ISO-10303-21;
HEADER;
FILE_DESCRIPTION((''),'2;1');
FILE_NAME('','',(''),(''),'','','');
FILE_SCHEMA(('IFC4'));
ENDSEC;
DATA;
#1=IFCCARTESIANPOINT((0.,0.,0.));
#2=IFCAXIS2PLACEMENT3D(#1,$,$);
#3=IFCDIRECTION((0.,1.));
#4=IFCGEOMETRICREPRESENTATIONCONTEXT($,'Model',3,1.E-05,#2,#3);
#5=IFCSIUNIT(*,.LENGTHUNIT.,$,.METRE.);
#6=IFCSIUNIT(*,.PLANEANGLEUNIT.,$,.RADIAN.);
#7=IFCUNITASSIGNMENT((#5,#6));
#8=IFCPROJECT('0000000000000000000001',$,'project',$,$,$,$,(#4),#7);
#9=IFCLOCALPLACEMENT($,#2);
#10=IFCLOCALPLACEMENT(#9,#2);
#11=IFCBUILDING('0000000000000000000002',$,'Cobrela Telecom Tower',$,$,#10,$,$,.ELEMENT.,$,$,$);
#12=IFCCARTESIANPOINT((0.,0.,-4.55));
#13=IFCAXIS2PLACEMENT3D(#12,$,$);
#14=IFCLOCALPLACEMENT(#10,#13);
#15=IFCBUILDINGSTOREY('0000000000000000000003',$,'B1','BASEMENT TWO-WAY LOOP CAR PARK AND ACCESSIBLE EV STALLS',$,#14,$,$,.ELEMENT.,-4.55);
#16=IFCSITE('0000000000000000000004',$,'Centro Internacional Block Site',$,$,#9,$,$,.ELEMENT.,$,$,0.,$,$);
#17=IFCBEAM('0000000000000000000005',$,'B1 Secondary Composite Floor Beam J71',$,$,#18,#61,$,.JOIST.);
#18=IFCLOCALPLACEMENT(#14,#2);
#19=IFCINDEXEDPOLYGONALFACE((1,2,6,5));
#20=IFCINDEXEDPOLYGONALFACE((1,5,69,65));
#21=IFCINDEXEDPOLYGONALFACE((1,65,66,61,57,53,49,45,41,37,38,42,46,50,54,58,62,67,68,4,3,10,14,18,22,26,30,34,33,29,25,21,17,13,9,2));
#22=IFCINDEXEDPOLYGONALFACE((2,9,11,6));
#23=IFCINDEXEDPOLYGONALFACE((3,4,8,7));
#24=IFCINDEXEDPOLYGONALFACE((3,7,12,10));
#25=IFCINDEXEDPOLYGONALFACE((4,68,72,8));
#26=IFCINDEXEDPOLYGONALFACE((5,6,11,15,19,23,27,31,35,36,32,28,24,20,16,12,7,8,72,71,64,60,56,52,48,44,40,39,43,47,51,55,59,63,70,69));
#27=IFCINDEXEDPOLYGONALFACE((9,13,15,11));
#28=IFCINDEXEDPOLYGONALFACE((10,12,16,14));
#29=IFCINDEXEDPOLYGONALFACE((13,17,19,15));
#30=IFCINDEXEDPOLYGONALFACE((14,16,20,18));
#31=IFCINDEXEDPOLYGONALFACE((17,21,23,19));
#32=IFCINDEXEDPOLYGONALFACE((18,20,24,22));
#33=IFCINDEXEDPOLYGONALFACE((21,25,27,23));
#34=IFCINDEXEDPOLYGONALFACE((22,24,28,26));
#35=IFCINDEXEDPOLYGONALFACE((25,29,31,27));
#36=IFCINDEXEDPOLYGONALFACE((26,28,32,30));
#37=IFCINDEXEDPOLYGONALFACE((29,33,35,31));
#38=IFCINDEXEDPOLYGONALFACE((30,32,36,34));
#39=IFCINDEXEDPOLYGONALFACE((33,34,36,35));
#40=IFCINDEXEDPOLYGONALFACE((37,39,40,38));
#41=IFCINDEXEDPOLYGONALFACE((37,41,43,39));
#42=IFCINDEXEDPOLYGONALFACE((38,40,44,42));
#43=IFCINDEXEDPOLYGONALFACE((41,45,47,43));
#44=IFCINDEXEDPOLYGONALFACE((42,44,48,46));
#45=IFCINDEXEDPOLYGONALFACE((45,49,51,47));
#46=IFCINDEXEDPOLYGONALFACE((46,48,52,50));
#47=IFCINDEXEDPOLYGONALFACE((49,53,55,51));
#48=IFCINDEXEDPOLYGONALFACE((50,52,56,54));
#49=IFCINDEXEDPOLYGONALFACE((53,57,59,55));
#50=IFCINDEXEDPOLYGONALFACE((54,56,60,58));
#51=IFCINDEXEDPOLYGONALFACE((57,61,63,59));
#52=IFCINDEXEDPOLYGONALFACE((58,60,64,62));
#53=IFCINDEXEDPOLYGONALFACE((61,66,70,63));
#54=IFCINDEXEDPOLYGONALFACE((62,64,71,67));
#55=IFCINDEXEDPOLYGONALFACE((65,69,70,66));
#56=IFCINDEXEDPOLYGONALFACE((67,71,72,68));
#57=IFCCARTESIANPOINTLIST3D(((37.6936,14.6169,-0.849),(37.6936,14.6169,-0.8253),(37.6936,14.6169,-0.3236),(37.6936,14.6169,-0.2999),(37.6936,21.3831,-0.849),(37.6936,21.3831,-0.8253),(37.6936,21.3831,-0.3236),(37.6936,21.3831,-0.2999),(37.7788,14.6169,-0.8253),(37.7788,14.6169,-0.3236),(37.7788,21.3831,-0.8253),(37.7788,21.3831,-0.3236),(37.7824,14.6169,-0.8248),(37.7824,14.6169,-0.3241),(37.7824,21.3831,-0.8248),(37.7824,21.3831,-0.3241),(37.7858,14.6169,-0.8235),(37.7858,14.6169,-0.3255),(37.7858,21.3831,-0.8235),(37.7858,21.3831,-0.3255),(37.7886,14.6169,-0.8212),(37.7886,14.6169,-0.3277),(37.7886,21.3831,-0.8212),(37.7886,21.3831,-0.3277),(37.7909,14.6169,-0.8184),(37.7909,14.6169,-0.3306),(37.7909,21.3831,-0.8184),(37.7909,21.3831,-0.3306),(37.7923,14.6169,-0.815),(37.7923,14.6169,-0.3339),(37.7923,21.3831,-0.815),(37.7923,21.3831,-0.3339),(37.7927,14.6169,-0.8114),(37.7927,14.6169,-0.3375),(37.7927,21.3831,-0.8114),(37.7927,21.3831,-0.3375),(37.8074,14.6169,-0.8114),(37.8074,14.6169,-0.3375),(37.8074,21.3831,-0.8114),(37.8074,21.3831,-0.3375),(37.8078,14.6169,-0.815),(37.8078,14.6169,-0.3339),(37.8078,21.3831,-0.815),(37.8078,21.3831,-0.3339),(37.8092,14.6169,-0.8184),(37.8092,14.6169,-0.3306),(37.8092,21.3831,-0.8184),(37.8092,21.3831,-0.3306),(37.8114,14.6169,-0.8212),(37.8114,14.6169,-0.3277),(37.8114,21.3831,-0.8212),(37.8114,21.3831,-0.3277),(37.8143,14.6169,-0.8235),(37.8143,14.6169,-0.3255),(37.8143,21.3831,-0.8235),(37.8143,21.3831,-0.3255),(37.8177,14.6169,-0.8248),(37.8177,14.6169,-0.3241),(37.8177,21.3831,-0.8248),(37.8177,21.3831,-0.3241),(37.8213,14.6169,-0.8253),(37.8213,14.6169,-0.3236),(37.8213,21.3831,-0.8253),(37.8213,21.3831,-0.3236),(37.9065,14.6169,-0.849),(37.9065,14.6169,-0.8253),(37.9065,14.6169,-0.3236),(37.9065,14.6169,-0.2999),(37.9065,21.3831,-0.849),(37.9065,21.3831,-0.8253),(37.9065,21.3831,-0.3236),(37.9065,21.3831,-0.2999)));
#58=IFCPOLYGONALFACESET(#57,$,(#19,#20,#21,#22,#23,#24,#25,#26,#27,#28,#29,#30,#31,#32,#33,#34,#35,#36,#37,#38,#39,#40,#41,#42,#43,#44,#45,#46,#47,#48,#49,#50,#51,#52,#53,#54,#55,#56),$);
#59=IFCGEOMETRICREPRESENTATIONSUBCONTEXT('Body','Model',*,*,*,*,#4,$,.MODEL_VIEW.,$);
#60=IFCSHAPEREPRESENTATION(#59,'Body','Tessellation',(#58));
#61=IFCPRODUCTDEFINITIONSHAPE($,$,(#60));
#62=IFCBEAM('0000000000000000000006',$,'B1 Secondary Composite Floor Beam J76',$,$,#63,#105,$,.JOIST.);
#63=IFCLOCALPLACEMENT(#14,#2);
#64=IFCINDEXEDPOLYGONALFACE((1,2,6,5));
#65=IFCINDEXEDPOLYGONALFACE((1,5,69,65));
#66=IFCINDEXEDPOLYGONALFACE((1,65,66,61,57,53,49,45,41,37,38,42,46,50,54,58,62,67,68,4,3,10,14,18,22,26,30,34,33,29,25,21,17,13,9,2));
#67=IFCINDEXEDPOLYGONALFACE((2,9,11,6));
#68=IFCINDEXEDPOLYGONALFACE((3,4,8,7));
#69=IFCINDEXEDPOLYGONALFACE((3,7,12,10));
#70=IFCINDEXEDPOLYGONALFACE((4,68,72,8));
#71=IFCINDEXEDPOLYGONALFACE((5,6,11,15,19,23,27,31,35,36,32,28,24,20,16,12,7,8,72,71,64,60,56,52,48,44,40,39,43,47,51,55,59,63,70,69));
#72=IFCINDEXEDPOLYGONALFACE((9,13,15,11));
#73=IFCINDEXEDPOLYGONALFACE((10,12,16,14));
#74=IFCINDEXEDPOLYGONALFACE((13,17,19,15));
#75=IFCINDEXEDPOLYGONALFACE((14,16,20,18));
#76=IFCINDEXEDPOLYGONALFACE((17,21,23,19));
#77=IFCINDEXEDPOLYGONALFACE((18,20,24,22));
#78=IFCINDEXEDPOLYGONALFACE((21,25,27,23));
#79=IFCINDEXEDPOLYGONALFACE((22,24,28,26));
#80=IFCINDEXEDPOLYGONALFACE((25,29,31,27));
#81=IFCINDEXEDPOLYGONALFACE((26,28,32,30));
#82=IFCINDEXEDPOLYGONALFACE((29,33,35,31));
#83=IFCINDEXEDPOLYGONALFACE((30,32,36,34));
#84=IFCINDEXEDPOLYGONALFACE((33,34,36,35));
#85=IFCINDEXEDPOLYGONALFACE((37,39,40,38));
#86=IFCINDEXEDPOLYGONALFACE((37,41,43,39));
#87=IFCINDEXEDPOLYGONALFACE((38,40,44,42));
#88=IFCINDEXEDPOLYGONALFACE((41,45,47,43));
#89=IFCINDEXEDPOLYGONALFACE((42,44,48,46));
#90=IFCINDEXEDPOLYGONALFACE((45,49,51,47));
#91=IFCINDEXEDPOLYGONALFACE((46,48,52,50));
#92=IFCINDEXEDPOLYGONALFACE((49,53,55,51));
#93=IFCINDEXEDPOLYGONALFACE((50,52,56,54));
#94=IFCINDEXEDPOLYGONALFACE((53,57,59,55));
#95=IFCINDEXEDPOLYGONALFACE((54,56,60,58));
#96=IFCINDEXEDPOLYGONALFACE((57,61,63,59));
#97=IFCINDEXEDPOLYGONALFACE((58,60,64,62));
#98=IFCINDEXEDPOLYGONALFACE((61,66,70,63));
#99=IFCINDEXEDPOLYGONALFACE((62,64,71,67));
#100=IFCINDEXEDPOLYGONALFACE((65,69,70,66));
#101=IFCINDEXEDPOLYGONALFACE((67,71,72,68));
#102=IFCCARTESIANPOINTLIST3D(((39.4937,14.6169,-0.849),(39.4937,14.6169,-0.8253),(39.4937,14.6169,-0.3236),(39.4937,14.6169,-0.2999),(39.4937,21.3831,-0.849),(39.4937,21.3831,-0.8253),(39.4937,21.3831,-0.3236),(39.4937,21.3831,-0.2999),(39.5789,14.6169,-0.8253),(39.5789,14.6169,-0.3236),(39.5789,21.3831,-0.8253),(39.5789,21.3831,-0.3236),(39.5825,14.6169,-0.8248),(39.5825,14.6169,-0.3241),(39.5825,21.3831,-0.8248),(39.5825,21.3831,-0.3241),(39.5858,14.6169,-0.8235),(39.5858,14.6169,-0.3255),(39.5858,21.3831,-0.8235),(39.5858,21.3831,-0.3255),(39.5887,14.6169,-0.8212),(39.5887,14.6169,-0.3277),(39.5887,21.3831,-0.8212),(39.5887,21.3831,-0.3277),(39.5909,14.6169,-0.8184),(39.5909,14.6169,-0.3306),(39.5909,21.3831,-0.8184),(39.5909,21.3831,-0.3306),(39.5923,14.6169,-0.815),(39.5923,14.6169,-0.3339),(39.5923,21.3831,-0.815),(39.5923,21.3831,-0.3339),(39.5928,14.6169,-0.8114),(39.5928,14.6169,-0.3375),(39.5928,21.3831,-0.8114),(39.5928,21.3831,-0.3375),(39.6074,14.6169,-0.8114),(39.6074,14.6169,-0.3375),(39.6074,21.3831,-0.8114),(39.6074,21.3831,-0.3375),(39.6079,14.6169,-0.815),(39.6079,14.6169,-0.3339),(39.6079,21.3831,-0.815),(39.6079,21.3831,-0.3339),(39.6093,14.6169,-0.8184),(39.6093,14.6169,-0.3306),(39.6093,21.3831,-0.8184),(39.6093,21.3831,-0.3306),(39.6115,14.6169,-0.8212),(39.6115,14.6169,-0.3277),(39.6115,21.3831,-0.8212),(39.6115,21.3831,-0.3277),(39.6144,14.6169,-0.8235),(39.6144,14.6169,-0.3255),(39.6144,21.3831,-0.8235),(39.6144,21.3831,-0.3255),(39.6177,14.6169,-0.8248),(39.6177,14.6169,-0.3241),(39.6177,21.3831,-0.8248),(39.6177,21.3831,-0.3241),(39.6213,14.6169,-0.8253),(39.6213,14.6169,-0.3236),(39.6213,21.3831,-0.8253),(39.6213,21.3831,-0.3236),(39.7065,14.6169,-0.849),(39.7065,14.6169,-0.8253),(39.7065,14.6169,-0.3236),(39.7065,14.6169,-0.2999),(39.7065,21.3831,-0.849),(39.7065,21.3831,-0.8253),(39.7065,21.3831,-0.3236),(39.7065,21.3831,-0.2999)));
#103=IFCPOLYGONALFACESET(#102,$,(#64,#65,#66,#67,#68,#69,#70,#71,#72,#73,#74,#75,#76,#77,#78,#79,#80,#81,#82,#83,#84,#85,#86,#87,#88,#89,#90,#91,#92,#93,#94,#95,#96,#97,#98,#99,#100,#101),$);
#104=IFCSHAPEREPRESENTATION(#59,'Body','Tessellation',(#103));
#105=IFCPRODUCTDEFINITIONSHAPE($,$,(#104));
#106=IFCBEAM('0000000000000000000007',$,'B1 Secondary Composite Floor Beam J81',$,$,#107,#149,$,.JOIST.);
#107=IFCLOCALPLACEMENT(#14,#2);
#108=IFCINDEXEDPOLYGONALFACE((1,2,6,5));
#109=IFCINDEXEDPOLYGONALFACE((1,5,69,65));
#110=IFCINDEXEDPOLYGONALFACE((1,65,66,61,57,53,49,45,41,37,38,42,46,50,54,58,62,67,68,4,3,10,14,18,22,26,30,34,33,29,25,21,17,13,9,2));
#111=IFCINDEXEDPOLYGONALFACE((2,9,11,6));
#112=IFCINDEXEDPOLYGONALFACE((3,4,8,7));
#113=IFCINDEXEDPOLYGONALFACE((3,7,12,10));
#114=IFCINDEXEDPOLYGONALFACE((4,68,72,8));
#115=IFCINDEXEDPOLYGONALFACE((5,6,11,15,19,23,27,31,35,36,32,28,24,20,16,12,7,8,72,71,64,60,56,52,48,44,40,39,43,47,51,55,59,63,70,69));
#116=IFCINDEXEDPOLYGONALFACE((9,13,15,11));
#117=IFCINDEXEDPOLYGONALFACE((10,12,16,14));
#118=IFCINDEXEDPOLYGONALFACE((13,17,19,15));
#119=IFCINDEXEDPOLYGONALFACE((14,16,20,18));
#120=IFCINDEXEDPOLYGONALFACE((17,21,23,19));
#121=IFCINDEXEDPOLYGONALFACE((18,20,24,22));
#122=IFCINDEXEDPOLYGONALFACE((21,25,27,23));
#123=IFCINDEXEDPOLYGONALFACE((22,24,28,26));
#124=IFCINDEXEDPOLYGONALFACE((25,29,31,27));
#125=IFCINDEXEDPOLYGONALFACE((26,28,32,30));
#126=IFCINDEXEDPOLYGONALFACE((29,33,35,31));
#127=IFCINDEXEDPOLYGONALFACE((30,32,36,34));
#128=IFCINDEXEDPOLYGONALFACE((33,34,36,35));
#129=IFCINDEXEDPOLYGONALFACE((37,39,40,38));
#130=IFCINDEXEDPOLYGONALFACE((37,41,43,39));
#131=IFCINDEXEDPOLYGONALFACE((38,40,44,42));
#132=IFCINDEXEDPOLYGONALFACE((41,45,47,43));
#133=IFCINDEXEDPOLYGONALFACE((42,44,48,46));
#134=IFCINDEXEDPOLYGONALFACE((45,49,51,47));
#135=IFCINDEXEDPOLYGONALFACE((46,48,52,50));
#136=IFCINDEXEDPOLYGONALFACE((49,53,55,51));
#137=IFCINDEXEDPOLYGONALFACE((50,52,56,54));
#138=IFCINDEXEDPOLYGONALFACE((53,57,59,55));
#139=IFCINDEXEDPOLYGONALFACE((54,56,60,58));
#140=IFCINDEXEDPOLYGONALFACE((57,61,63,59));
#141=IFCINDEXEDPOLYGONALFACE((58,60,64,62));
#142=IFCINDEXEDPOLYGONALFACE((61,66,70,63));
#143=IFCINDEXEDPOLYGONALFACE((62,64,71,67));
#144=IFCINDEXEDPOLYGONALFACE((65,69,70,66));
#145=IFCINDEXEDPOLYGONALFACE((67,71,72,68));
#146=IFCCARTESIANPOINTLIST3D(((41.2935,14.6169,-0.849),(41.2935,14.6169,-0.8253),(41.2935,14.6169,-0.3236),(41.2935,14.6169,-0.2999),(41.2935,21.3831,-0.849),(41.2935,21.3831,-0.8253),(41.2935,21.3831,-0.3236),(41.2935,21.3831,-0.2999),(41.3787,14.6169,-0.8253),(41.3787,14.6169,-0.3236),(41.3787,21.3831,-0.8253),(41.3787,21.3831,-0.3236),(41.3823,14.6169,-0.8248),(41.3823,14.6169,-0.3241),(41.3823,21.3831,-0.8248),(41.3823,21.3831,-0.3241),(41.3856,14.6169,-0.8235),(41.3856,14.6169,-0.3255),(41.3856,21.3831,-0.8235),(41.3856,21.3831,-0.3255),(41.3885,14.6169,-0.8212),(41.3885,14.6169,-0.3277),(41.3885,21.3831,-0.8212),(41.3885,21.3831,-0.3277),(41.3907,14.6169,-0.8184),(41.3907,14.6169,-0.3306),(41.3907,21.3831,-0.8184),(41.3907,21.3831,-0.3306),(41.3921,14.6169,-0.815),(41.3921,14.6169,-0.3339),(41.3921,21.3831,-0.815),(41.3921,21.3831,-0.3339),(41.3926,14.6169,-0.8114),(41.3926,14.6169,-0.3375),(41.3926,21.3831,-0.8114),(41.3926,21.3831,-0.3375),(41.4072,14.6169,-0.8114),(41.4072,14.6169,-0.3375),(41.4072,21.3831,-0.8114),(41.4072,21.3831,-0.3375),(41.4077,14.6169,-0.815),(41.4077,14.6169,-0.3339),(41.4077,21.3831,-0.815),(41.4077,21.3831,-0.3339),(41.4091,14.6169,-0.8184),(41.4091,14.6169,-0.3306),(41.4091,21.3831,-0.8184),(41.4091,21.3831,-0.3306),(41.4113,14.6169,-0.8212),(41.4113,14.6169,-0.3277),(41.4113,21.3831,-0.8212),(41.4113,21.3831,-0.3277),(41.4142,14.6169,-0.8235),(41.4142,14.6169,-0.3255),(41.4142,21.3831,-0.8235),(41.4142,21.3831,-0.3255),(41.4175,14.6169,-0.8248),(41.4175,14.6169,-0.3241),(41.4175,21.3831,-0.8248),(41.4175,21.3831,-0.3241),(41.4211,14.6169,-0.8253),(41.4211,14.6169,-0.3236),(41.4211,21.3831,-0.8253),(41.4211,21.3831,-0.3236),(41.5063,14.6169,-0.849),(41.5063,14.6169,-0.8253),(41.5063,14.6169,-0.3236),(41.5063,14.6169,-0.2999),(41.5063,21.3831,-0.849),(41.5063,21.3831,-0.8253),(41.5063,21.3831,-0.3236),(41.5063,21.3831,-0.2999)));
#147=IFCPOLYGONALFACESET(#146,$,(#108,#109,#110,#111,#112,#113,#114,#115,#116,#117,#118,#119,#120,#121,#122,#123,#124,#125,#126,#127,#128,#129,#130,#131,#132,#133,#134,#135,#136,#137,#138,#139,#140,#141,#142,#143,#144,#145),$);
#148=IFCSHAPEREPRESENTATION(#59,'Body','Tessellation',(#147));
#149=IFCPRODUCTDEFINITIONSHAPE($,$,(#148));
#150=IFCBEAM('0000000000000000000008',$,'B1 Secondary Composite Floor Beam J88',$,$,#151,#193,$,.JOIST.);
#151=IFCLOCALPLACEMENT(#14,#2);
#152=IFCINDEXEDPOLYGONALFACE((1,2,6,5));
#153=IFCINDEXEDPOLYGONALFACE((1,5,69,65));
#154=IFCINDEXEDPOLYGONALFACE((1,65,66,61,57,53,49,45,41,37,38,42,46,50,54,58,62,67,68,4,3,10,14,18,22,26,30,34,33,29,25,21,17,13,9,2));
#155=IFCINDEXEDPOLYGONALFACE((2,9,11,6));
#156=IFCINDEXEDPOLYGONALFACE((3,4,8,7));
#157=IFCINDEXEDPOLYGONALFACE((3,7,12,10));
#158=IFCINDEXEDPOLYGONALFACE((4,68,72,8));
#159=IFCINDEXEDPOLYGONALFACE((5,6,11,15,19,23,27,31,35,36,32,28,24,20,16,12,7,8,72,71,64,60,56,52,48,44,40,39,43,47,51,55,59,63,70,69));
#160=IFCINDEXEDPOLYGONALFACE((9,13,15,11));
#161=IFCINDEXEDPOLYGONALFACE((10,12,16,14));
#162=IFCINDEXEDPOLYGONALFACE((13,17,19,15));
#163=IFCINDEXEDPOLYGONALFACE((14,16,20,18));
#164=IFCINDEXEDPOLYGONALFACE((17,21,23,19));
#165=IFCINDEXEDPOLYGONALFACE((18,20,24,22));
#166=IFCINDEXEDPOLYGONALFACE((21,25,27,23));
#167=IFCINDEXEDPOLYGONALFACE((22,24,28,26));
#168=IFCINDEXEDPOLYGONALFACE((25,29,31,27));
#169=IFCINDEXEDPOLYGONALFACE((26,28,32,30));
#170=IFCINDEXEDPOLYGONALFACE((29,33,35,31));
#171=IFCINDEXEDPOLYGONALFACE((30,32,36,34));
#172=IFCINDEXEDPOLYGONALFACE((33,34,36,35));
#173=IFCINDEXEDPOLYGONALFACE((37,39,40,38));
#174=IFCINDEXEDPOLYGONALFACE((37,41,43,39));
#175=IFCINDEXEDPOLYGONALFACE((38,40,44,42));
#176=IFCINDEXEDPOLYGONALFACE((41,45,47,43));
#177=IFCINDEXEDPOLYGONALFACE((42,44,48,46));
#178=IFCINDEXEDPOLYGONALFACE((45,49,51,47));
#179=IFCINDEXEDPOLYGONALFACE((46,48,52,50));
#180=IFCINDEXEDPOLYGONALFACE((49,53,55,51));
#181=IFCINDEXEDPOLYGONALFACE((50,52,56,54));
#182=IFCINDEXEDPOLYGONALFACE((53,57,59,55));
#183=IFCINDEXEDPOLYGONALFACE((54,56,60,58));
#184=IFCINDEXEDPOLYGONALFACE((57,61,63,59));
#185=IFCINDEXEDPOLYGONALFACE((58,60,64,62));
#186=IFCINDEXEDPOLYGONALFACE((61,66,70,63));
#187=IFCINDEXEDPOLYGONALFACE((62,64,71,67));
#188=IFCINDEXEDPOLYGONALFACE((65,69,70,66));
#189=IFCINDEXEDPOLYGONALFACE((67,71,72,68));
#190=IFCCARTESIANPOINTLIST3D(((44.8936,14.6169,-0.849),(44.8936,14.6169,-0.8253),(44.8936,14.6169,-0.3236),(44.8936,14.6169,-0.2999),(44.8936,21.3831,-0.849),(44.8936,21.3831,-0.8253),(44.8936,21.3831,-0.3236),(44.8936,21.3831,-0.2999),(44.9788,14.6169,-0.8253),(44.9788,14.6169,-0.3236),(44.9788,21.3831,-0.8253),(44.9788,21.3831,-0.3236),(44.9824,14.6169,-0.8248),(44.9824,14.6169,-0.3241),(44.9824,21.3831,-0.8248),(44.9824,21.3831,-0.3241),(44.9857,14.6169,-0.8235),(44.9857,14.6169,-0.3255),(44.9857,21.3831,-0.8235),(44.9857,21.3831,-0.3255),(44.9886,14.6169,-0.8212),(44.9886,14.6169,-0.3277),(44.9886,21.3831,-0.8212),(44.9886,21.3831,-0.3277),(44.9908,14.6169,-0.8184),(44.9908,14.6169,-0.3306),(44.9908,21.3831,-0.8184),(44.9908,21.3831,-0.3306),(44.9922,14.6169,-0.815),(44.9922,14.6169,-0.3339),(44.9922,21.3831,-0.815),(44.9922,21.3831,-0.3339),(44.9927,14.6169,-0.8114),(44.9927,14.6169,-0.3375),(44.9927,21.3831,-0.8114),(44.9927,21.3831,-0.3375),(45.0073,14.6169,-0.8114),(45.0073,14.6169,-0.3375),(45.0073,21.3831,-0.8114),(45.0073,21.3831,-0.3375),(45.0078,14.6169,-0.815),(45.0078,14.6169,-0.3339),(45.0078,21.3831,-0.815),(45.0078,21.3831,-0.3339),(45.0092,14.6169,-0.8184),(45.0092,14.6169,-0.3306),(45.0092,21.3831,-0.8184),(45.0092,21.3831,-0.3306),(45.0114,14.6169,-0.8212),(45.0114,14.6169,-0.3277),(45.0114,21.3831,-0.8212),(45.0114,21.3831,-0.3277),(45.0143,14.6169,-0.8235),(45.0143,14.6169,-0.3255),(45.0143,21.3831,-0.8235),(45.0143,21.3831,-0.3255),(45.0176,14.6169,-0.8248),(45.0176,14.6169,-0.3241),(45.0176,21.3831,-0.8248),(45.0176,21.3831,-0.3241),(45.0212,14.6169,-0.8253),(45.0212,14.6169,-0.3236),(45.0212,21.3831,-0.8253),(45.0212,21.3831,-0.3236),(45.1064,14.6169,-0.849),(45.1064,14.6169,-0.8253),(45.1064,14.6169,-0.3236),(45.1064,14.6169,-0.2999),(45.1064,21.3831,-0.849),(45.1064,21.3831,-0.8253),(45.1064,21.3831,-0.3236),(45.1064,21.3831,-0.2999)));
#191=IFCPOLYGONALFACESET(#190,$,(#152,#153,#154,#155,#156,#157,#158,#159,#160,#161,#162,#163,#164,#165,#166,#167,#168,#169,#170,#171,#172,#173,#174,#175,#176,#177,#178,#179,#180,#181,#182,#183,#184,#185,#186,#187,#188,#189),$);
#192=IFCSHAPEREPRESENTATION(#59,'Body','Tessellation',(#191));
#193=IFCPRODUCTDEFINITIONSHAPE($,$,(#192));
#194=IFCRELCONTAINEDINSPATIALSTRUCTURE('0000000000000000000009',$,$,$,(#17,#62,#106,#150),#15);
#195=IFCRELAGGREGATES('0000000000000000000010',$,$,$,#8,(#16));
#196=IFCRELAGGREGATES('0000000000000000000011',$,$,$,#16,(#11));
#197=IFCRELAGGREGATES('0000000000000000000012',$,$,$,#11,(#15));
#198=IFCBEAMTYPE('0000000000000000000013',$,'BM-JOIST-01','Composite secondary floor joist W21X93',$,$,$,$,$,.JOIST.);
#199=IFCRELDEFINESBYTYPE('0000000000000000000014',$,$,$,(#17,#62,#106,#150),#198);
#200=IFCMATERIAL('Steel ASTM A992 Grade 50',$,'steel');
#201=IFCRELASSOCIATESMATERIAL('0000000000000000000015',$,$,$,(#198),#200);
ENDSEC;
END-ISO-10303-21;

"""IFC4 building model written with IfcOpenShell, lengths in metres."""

from ifc_helpers import new_model, si_unit, direction, frame, origin, origin_2d, place, context, subcontext, project, spatial, i_section, extrude, material, material_profile, profile_set, type_object, element, save


model = new_model("IFC4")

# Units and contexts
model_context = context("Model", 3, precision=1e-05, world=origin(), true_north=direction((0.0, 1.0)))
body_context = subcontext(model_context, "Body", "Model", "MODEL_VIEW")
ifc_project = project(units=[si_unit("LENGTHUNIT", "METRE"), si_unit("PLANEANGLEUNIT", "RADIAN")], contexts=[model_context])

# Site, building, storey
site_placement = place(None, origin())
site = spatial("IfcSite", under=ifc_project, at=site_placement, Name="Centro Internacional Block Site", CompositionType="ELEMENT", RefElevation=0.0)
building_placement = place(site_placement, origin())
building = spatial("IfcBuilding", under=site, at=building_placement, Name="Cobrela Telecom Tower", CompositionType="ELEMENT")
storey_placement = place(building_placement, frame((0.0, 0.0, -4.55)))
storey = spatial("IfcBuildingStorey", under=building, at=storey_placement, Name="B1", Description="BASEMENT TWO-WAY LOOP CAR PARK AND ACCESSIBLE EV STALLS", CompositionType="ELEMENT", Elevation=-4.55)

# Beams
ifc_material_1 = material(Name="Steel ASTM A992 Grade 50", Category="steel")
ifc_material_profile_1 = material_profile(ifc_material_1, i_section(OverallWidth=0.2129, OverallDepth=0.5491, WebThickness=0.0146, FlangeThickness=0.0237, FilletRadius=0.0139, at=origin_2d()), Name="W21X93")
ifc_profile_set_1 = profile_set([ifc_material_profile_1], Name="Steel ASTM A992 Grade 50")
beam_type_1 = type_object("IfcBeamType", Name="BM-JOIST-01", Description="Composite secondary floor joist W21X93", PredefinedType="JOIST", material=ifc_profile_set_1)
for number, where, z_axis, x_axis, name in (
    (1, (37.8, 14.6169, -0.5745), (0.0, 1.0, 0.0), (-1.0, 0.0, 0.0), "B1 Secondary Composite Floor Beam J71"),
    (2, (39.6001, 14.6169, -0.5745), (0.0, 1.0, 0.0), (-1.0, 0.0, 0.0), "B1 Secondary Composite Floor Beam J76"),
    (3, (41.3999, 14.6169, -0.5745), (0.0, 1.0, 0.0), (-1.0, 0.0, 0.0), "B1 Secondary Composite Floor Beam J81"),
    (4, (45.0, 14.6169, -0.5745), (0.0, 1.0, 0.0), (-1.0, 0.0, 0.0), "B1 Secondary Composite Floor Beam J88"),
):
    element("IfcBeam", number, at=place(storey_placement, frame(where, z_axis=z_axis, x_axis=x_axis)), inside=storey, type_object=beam_type_1, Name=name, PredefinedType="JOIST", context=body_context, shape_type="SweptSolid", body=[
        extrude(i_section(OverallWidth=0.2129, OverallDepth=0.5491, WebThickness=0.0146, FlangeThickness=0.0237, FilletRadius=0.0139, at=origin_2d()), origin(), (0.0, 0.0, 1.0), 6.7661),
    ])

save(model, "model.ifc")
